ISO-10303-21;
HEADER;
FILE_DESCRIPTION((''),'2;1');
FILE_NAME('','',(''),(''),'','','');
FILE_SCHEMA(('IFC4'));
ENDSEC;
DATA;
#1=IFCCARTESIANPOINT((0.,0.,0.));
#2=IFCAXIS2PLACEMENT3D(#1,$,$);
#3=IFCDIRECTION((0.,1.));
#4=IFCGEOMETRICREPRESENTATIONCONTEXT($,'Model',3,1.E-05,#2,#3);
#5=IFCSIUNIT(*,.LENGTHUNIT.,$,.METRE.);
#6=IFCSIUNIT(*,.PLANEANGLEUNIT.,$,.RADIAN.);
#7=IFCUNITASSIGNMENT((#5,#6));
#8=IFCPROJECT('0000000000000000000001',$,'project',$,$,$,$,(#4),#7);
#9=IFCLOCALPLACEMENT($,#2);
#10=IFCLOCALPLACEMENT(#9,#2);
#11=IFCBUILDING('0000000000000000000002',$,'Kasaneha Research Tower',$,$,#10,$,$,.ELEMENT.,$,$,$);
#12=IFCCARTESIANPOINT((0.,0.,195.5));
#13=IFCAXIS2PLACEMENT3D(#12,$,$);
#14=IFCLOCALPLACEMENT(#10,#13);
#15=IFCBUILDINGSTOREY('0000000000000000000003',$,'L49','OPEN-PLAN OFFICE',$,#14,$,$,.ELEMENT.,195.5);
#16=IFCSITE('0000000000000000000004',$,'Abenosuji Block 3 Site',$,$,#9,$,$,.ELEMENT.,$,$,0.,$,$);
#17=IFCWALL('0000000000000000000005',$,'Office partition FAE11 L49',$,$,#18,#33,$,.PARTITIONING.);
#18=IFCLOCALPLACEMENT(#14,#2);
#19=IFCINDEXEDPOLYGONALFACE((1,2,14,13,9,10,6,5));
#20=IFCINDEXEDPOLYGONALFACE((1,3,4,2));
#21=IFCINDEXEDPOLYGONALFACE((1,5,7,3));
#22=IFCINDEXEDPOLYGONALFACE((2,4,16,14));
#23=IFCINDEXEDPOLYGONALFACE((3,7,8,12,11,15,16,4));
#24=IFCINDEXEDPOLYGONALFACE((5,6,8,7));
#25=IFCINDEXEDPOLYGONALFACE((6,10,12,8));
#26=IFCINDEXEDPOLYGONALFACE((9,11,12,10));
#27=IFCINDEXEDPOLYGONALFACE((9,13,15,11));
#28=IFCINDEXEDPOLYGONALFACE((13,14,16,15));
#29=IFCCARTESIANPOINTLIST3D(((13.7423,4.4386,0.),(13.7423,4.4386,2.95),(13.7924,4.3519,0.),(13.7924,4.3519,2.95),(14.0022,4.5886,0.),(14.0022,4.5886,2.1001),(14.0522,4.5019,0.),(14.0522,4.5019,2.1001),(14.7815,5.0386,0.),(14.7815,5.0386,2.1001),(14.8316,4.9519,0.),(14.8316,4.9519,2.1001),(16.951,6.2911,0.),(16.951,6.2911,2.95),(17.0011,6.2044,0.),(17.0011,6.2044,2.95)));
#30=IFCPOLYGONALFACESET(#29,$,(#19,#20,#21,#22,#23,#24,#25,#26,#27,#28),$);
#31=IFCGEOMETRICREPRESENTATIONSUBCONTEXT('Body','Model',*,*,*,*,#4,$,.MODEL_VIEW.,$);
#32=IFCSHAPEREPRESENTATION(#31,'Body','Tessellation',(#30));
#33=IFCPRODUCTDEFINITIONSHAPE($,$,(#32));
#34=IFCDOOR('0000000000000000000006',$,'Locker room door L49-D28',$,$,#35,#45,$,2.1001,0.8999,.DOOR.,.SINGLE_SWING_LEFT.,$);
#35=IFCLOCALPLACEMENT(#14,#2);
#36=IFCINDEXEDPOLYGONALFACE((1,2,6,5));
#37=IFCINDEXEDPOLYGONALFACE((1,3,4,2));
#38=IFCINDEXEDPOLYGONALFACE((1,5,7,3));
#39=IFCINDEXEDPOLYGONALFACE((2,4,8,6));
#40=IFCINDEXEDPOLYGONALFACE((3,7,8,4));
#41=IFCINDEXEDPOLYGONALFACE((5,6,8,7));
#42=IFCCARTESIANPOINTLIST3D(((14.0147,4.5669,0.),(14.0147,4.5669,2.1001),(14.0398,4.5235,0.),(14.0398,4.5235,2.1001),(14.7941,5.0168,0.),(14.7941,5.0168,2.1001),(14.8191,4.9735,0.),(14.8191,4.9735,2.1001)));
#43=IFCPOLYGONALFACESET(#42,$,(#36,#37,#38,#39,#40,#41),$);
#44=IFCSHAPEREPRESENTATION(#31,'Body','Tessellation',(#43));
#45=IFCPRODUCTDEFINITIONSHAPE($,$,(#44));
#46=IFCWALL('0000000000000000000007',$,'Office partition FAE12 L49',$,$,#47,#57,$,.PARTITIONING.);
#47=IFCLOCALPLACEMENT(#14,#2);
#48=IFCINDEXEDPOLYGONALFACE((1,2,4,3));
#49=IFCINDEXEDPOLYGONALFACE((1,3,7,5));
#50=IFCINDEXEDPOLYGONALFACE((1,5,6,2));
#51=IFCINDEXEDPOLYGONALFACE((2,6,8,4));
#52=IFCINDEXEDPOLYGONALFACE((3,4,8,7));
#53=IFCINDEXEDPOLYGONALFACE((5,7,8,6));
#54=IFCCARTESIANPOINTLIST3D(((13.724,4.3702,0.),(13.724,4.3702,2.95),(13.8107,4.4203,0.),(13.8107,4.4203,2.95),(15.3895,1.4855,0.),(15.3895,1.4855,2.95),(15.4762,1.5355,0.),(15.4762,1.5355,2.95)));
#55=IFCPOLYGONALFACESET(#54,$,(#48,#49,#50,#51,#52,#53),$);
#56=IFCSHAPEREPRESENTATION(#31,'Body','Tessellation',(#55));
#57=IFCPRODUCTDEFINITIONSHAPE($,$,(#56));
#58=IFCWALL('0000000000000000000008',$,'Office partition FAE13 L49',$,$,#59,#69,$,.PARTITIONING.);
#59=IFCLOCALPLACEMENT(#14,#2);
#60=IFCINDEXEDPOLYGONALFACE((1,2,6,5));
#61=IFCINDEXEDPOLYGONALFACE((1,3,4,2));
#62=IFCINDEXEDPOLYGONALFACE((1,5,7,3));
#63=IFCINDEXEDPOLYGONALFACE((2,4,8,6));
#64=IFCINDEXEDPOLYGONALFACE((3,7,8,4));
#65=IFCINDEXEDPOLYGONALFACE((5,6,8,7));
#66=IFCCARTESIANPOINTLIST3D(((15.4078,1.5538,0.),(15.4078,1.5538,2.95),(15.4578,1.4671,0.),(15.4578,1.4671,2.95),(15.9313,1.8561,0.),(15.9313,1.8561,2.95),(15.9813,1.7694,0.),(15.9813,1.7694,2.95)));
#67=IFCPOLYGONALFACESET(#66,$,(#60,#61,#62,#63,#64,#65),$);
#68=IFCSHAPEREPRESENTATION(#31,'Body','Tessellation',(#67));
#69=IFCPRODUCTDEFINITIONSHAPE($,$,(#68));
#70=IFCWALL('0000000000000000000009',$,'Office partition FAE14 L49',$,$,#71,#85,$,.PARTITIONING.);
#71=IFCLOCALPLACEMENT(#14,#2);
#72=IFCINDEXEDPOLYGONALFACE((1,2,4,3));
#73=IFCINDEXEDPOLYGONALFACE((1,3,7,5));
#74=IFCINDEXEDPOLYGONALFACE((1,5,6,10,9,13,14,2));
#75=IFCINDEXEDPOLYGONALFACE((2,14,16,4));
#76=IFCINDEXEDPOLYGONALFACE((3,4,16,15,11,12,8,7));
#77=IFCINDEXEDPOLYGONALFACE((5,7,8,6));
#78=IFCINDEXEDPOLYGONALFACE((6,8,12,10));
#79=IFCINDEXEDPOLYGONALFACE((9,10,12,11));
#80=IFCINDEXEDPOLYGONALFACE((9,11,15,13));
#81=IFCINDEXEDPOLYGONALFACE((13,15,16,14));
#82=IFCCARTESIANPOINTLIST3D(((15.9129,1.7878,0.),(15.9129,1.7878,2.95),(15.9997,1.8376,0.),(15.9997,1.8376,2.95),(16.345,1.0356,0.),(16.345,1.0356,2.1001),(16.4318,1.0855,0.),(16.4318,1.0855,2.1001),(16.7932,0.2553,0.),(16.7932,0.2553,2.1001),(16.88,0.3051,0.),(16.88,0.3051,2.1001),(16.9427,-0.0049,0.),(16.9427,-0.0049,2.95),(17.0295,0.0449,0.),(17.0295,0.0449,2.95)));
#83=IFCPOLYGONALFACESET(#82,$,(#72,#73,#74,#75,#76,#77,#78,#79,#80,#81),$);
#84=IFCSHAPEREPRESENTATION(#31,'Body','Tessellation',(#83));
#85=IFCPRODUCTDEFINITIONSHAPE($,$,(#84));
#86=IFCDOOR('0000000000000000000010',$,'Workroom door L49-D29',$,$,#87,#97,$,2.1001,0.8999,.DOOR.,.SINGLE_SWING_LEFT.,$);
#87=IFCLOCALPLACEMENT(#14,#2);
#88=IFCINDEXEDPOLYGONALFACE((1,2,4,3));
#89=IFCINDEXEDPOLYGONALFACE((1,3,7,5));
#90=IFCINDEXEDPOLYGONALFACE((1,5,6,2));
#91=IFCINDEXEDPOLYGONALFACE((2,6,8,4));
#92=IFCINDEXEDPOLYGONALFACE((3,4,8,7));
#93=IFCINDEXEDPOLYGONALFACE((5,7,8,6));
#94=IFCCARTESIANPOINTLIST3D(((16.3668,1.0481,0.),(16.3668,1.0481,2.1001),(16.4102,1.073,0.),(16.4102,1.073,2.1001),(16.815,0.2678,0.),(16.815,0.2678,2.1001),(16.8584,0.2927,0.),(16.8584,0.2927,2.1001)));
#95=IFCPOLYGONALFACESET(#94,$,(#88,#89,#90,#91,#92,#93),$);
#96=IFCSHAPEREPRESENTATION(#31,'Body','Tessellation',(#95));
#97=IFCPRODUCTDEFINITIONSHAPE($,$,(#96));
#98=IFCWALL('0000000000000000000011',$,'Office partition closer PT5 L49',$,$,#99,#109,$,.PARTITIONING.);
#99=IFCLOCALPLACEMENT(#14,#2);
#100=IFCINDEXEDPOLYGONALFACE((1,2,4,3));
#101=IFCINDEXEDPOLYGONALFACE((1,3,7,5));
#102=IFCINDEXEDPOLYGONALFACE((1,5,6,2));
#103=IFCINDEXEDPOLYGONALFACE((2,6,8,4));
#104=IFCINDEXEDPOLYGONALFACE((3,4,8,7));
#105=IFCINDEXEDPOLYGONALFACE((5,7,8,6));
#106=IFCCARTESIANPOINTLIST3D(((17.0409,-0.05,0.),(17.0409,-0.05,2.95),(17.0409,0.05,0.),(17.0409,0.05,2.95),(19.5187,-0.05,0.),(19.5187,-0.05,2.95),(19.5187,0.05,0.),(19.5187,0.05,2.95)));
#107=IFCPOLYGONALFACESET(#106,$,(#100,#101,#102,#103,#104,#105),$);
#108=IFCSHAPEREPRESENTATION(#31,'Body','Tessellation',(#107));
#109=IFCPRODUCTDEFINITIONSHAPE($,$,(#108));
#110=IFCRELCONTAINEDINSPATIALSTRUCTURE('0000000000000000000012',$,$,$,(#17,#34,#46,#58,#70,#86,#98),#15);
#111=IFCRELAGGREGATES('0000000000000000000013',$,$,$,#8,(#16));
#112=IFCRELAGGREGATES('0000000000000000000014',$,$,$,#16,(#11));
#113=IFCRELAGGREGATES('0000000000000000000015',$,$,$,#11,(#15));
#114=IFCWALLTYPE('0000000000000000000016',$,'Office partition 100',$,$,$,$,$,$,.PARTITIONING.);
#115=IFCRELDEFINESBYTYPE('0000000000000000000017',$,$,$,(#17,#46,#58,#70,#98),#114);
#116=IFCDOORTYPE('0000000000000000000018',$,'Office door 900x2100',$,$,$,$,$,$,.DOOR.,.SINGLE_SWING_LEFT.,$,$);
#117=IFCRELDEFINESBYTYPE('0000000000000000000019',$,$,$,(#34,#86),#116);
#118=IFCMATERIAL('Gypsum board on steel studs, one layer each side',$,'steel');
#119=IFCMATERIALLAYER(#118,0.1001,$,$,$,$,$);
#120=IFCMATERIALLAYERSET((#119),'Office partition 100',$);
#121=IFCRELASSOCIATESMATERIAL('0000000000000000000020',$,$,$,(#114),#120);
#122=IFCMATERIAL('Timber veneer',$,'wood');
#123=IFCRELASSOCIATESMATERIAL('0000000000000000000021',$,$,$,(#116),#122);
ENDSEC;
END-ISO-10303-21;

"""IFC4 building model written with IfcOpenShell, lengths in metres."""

from ifc_helpers import new_model, si_unit, direction, frame, frame_2d, origin, place, context, subcontext, project, spatial, rectangle, extrude, material, layer, layer_set, type_object, element, fill, save


model = new_model("IFC4")

# Units and contexts
model_context = context("Model", 3, precision=1e-05, world=origin(), true_north=direction((0.0, 1.0)))
body_context = subcontext(model_context, "Body", "Model", "MODEL_VIEW")
ifc_project = project(units=[si_unit("LENGTHUNIT", "METRE"), si_unit("PLANEANGLEUNIT", "RADIAN")], contexts=[model_context])

# Site, building, storey
site_placement = place(None, origin())
site = spatial("IfcSite", under=ifc_project, at=site_placement, Name="Abenosuji Block 3 Site", CompositionType="ELEMENT", RefElevation=0.0)
building_placement = place(site_placement, origin())
building = spatial("IfcBuilding", under=site, at=building_placement, Name="Kasaneha Research Tower", CompositionType="ELEMENT")
storey_placement = place(building_placement, frame((0.0, 0.0, 195.5)))
storey = spatial("IfcBuildingStorey", under=building, at=storey_placement, Name="L49", Description="OPEN-PLAN OFFICE", CompositionType="ELEMENT", Elevation=195.5)

# Shared definitions
ifc_material_1 = material(Name="Gypsum board on steel studs, one layer each side", Category="steel")
ifc_layer_1 = layer(ifc_material_1, 0.1001)
ifc_layer_set_1 = layer_set([ifc_layer_1], Name="Office partition 100")
wall_type_1 = type_object("IfcWallType", Name="Office partition 100", PredefinedType="PARTITIONING", material=ifc_layer_set_1)

# Wall, opening, door
wall_1_placement = place(storey_placement, frame((13.7673, 4.3953, 0.0), z_axis=(0.0, 0.0, 1.0), x_axis=(0.866029, 0.499994, 0.0)))
wall_1 = element("IfcWall", 1, at=wall_1_placement, inside=storey, type_object=wall_type_1, Name="Office partition FAE11 L49", PredefinedType="PARTITIONING", context=body_context, shape_type="SweptSolid", body=[
    extrude(rectangle(XDim=3.7051, YDim=0.1001, at=frame_2d((1.8525, 0.0))), origin(), (0.0, 0.0, 1.0), 2.95),
])
opening_1_placement = place(wall_1_placement, frame((0.3, 0.0, 0.0)))
opening_1 = element("IfcOpeningElement", 2, at=opening_1_placement, cuts=wall_1, PredefinedType="OPENING", context=body_context, shape_type="SweptSolid", body=[
    extrude(rectangle(XDim=0.8999, YDim=2.1001, at=frame_2d((0.45, 1.05))), frame((0.0, 0.0601, 0.0), z_axis=(0.0, -1.0, 0.0), x_axis=(1.0, 0.0, 0.0)), (0.0, 0.0, 1.0), 0.1201),
])
ifc_material_2 = material(Name="Timber veneer", Category="wood")
door_type_1 = type_object("IfcDoorType", Name="Office door 900x2100", OperationType="SINGLE_SWING_LEFT", PredefinedType="DOOR", material=ifc_material_2)
door_1_placement = place(opening_1_placement, origin())
door_1 = element("IfcDoor", 3, at=door_1_placement, inside=storey, type_object=door_type_1, Name="Locker room door L49-D28", OperationType="SINGLE_SWING_LEFT", OverallHeight=2.1001, OverallWidth=0.8999, PredefinedType="DOOR", context=body_context, shape_type="SweptSolid", body=[
    extrude(rectangle(XDim=0.8999, YDim=2.1001, at=frame_2d((0.45, 1.05))), frame((0.0, 0.0249, 0.0), z_axis=(0.0, -1.0, 0.0), x_axis=(1.0, 0.0, 0.0)), (0.0, 0.0, 1.0), 0.05),
])
fill(opening_1, door_1)

# Walls
wall_2_placement = place(storey_placement, frame((15.4329, 1.5105, 0.0), z_axis=(0.0, 0.0, 1.0), x_axis=(-0.500002, 0.866024, 0.0)))
element("IfcWall", 4, at=wall_2_placement, inside=storey, type_object=wall_type_1, Name="Office partition FAE12 L49", PredefinedType="PARTITIONING", context=body_context, shape_type="SweptSolid", body=[
    extrude(rectangle(XDim=3.3311, YDim=0.1001, at=frame_2d((1.6655, 0.0))), origin(), (0.0, 0.0, 1.0), 2.95),
])
wall_3_placement = place(storey_placement, frame((15.9563, 1.8127, 0.0), z_axis=(0.0, 0.0, 1.0), x_axis=(-0.865997, -0.500049, 0.0)))
element("IfcWall", 5, at=wall_3_placement, inside=storey, type_object=wall_type_1, Name="Office partition FAE13 L49", PredefinedType="PARTITIONING", context=body_context, shape_type="SweptSolid", body=[
    extrude(rectangle(XDim=0.6045, YDim=0.1001, at=frame_2d((0.3022, 0.0))), origin(), (0.0, 0.0, 1.0), 2.95),
])

# Wall, opening, door
wall_4_placement = place(storey_placement, frame((16.9861, 0.02, 0.0), z_axis=(0.0, 0.0, 1.0), x_axis=(-0.498096, 0.867122, 0.0)))
wall_4 = element("IfcWall", 6, at=wall_4_placement, inside=storey, type_object=wall_type_1, Name="Office partition FAE14 L49", PredefinedType="PARTITIONING", context=body_context, shape_type="SweptSolid", body=[
    extrude(rectangle(XDim=2.0674, YDim=0.1001, at=frame_2d((1.0337, 0.0))), origin(), (0.0, 0.0, 1.0), 2.95),
])
opening_2_placement = place(wall_4_placement, frame((0.3, 0.0, 0.0)))
opening_2 = element("IfcOpeningElement", 7, at=opening_2_placement, cuts=wall_4, PredefinedType="OPENING", context=body_context, shape_type="SweptSolid", body=[
    extrude(rectangle(XDim=0.8999, YDim=2.1001, at=frame_2d((0.45, 1.05))), frame((0.0, 0.0601, 0.0), z_axis=(0.0, -1.0, 0.0), x_axis=(1.0, 0.0, 0.0)), (0.0, 0.0, 1.0), 0.1201),
])
door_2_placement = place(opening_2_placement, origin())
door_2 = element("IfcDoor", 8, at=door_2_placement, inside=storey, type_object=door_type_1, Name="Workroom door L49-D29", OperationType="SINGLE_SWING_LEFT", OverallHeight=2.1001, OverallWidth=0.8999, PredefinedType="DOOR", context=body_context, shape_type="SweptSolid", body=[
    extrude(rectangle(XDim=0.8999, YDim=2.1001, at=frame_2d((0.45, 1.05))), frame((0.0, 0.0249, 0.0), z_axis=(0.0, -1.0, 0.0), x_axis=(1.0, 0.0, 0.0)), (0.0, 0.0, 1.0), 0.05),
])
fill(opening_2, door_2)

# Wall
wall_5_placement = place(storey_placement, frame((19.5186, 0.0, 0.0), z_axis=(0.0, 0.0, 1.0), x_axis=(-1.0, 0.0, 0.0)))
element("IfcWall", 9, at=wall_5_placement, inside=storey, type_object=wall_type_1, Name="Office partition closer PT5 L49", PredefinedType="PARTITIONING", context=body_context, shape_type="SweptSolid", body=[
    extrude(rectangle(XDim=2.4778, YDim=0.1001, at=frame_2d((1.2388, 0.0))), origin(), (0.0, 0.0, 1.0), 2.95),
])

save(model, "model.ifc")
